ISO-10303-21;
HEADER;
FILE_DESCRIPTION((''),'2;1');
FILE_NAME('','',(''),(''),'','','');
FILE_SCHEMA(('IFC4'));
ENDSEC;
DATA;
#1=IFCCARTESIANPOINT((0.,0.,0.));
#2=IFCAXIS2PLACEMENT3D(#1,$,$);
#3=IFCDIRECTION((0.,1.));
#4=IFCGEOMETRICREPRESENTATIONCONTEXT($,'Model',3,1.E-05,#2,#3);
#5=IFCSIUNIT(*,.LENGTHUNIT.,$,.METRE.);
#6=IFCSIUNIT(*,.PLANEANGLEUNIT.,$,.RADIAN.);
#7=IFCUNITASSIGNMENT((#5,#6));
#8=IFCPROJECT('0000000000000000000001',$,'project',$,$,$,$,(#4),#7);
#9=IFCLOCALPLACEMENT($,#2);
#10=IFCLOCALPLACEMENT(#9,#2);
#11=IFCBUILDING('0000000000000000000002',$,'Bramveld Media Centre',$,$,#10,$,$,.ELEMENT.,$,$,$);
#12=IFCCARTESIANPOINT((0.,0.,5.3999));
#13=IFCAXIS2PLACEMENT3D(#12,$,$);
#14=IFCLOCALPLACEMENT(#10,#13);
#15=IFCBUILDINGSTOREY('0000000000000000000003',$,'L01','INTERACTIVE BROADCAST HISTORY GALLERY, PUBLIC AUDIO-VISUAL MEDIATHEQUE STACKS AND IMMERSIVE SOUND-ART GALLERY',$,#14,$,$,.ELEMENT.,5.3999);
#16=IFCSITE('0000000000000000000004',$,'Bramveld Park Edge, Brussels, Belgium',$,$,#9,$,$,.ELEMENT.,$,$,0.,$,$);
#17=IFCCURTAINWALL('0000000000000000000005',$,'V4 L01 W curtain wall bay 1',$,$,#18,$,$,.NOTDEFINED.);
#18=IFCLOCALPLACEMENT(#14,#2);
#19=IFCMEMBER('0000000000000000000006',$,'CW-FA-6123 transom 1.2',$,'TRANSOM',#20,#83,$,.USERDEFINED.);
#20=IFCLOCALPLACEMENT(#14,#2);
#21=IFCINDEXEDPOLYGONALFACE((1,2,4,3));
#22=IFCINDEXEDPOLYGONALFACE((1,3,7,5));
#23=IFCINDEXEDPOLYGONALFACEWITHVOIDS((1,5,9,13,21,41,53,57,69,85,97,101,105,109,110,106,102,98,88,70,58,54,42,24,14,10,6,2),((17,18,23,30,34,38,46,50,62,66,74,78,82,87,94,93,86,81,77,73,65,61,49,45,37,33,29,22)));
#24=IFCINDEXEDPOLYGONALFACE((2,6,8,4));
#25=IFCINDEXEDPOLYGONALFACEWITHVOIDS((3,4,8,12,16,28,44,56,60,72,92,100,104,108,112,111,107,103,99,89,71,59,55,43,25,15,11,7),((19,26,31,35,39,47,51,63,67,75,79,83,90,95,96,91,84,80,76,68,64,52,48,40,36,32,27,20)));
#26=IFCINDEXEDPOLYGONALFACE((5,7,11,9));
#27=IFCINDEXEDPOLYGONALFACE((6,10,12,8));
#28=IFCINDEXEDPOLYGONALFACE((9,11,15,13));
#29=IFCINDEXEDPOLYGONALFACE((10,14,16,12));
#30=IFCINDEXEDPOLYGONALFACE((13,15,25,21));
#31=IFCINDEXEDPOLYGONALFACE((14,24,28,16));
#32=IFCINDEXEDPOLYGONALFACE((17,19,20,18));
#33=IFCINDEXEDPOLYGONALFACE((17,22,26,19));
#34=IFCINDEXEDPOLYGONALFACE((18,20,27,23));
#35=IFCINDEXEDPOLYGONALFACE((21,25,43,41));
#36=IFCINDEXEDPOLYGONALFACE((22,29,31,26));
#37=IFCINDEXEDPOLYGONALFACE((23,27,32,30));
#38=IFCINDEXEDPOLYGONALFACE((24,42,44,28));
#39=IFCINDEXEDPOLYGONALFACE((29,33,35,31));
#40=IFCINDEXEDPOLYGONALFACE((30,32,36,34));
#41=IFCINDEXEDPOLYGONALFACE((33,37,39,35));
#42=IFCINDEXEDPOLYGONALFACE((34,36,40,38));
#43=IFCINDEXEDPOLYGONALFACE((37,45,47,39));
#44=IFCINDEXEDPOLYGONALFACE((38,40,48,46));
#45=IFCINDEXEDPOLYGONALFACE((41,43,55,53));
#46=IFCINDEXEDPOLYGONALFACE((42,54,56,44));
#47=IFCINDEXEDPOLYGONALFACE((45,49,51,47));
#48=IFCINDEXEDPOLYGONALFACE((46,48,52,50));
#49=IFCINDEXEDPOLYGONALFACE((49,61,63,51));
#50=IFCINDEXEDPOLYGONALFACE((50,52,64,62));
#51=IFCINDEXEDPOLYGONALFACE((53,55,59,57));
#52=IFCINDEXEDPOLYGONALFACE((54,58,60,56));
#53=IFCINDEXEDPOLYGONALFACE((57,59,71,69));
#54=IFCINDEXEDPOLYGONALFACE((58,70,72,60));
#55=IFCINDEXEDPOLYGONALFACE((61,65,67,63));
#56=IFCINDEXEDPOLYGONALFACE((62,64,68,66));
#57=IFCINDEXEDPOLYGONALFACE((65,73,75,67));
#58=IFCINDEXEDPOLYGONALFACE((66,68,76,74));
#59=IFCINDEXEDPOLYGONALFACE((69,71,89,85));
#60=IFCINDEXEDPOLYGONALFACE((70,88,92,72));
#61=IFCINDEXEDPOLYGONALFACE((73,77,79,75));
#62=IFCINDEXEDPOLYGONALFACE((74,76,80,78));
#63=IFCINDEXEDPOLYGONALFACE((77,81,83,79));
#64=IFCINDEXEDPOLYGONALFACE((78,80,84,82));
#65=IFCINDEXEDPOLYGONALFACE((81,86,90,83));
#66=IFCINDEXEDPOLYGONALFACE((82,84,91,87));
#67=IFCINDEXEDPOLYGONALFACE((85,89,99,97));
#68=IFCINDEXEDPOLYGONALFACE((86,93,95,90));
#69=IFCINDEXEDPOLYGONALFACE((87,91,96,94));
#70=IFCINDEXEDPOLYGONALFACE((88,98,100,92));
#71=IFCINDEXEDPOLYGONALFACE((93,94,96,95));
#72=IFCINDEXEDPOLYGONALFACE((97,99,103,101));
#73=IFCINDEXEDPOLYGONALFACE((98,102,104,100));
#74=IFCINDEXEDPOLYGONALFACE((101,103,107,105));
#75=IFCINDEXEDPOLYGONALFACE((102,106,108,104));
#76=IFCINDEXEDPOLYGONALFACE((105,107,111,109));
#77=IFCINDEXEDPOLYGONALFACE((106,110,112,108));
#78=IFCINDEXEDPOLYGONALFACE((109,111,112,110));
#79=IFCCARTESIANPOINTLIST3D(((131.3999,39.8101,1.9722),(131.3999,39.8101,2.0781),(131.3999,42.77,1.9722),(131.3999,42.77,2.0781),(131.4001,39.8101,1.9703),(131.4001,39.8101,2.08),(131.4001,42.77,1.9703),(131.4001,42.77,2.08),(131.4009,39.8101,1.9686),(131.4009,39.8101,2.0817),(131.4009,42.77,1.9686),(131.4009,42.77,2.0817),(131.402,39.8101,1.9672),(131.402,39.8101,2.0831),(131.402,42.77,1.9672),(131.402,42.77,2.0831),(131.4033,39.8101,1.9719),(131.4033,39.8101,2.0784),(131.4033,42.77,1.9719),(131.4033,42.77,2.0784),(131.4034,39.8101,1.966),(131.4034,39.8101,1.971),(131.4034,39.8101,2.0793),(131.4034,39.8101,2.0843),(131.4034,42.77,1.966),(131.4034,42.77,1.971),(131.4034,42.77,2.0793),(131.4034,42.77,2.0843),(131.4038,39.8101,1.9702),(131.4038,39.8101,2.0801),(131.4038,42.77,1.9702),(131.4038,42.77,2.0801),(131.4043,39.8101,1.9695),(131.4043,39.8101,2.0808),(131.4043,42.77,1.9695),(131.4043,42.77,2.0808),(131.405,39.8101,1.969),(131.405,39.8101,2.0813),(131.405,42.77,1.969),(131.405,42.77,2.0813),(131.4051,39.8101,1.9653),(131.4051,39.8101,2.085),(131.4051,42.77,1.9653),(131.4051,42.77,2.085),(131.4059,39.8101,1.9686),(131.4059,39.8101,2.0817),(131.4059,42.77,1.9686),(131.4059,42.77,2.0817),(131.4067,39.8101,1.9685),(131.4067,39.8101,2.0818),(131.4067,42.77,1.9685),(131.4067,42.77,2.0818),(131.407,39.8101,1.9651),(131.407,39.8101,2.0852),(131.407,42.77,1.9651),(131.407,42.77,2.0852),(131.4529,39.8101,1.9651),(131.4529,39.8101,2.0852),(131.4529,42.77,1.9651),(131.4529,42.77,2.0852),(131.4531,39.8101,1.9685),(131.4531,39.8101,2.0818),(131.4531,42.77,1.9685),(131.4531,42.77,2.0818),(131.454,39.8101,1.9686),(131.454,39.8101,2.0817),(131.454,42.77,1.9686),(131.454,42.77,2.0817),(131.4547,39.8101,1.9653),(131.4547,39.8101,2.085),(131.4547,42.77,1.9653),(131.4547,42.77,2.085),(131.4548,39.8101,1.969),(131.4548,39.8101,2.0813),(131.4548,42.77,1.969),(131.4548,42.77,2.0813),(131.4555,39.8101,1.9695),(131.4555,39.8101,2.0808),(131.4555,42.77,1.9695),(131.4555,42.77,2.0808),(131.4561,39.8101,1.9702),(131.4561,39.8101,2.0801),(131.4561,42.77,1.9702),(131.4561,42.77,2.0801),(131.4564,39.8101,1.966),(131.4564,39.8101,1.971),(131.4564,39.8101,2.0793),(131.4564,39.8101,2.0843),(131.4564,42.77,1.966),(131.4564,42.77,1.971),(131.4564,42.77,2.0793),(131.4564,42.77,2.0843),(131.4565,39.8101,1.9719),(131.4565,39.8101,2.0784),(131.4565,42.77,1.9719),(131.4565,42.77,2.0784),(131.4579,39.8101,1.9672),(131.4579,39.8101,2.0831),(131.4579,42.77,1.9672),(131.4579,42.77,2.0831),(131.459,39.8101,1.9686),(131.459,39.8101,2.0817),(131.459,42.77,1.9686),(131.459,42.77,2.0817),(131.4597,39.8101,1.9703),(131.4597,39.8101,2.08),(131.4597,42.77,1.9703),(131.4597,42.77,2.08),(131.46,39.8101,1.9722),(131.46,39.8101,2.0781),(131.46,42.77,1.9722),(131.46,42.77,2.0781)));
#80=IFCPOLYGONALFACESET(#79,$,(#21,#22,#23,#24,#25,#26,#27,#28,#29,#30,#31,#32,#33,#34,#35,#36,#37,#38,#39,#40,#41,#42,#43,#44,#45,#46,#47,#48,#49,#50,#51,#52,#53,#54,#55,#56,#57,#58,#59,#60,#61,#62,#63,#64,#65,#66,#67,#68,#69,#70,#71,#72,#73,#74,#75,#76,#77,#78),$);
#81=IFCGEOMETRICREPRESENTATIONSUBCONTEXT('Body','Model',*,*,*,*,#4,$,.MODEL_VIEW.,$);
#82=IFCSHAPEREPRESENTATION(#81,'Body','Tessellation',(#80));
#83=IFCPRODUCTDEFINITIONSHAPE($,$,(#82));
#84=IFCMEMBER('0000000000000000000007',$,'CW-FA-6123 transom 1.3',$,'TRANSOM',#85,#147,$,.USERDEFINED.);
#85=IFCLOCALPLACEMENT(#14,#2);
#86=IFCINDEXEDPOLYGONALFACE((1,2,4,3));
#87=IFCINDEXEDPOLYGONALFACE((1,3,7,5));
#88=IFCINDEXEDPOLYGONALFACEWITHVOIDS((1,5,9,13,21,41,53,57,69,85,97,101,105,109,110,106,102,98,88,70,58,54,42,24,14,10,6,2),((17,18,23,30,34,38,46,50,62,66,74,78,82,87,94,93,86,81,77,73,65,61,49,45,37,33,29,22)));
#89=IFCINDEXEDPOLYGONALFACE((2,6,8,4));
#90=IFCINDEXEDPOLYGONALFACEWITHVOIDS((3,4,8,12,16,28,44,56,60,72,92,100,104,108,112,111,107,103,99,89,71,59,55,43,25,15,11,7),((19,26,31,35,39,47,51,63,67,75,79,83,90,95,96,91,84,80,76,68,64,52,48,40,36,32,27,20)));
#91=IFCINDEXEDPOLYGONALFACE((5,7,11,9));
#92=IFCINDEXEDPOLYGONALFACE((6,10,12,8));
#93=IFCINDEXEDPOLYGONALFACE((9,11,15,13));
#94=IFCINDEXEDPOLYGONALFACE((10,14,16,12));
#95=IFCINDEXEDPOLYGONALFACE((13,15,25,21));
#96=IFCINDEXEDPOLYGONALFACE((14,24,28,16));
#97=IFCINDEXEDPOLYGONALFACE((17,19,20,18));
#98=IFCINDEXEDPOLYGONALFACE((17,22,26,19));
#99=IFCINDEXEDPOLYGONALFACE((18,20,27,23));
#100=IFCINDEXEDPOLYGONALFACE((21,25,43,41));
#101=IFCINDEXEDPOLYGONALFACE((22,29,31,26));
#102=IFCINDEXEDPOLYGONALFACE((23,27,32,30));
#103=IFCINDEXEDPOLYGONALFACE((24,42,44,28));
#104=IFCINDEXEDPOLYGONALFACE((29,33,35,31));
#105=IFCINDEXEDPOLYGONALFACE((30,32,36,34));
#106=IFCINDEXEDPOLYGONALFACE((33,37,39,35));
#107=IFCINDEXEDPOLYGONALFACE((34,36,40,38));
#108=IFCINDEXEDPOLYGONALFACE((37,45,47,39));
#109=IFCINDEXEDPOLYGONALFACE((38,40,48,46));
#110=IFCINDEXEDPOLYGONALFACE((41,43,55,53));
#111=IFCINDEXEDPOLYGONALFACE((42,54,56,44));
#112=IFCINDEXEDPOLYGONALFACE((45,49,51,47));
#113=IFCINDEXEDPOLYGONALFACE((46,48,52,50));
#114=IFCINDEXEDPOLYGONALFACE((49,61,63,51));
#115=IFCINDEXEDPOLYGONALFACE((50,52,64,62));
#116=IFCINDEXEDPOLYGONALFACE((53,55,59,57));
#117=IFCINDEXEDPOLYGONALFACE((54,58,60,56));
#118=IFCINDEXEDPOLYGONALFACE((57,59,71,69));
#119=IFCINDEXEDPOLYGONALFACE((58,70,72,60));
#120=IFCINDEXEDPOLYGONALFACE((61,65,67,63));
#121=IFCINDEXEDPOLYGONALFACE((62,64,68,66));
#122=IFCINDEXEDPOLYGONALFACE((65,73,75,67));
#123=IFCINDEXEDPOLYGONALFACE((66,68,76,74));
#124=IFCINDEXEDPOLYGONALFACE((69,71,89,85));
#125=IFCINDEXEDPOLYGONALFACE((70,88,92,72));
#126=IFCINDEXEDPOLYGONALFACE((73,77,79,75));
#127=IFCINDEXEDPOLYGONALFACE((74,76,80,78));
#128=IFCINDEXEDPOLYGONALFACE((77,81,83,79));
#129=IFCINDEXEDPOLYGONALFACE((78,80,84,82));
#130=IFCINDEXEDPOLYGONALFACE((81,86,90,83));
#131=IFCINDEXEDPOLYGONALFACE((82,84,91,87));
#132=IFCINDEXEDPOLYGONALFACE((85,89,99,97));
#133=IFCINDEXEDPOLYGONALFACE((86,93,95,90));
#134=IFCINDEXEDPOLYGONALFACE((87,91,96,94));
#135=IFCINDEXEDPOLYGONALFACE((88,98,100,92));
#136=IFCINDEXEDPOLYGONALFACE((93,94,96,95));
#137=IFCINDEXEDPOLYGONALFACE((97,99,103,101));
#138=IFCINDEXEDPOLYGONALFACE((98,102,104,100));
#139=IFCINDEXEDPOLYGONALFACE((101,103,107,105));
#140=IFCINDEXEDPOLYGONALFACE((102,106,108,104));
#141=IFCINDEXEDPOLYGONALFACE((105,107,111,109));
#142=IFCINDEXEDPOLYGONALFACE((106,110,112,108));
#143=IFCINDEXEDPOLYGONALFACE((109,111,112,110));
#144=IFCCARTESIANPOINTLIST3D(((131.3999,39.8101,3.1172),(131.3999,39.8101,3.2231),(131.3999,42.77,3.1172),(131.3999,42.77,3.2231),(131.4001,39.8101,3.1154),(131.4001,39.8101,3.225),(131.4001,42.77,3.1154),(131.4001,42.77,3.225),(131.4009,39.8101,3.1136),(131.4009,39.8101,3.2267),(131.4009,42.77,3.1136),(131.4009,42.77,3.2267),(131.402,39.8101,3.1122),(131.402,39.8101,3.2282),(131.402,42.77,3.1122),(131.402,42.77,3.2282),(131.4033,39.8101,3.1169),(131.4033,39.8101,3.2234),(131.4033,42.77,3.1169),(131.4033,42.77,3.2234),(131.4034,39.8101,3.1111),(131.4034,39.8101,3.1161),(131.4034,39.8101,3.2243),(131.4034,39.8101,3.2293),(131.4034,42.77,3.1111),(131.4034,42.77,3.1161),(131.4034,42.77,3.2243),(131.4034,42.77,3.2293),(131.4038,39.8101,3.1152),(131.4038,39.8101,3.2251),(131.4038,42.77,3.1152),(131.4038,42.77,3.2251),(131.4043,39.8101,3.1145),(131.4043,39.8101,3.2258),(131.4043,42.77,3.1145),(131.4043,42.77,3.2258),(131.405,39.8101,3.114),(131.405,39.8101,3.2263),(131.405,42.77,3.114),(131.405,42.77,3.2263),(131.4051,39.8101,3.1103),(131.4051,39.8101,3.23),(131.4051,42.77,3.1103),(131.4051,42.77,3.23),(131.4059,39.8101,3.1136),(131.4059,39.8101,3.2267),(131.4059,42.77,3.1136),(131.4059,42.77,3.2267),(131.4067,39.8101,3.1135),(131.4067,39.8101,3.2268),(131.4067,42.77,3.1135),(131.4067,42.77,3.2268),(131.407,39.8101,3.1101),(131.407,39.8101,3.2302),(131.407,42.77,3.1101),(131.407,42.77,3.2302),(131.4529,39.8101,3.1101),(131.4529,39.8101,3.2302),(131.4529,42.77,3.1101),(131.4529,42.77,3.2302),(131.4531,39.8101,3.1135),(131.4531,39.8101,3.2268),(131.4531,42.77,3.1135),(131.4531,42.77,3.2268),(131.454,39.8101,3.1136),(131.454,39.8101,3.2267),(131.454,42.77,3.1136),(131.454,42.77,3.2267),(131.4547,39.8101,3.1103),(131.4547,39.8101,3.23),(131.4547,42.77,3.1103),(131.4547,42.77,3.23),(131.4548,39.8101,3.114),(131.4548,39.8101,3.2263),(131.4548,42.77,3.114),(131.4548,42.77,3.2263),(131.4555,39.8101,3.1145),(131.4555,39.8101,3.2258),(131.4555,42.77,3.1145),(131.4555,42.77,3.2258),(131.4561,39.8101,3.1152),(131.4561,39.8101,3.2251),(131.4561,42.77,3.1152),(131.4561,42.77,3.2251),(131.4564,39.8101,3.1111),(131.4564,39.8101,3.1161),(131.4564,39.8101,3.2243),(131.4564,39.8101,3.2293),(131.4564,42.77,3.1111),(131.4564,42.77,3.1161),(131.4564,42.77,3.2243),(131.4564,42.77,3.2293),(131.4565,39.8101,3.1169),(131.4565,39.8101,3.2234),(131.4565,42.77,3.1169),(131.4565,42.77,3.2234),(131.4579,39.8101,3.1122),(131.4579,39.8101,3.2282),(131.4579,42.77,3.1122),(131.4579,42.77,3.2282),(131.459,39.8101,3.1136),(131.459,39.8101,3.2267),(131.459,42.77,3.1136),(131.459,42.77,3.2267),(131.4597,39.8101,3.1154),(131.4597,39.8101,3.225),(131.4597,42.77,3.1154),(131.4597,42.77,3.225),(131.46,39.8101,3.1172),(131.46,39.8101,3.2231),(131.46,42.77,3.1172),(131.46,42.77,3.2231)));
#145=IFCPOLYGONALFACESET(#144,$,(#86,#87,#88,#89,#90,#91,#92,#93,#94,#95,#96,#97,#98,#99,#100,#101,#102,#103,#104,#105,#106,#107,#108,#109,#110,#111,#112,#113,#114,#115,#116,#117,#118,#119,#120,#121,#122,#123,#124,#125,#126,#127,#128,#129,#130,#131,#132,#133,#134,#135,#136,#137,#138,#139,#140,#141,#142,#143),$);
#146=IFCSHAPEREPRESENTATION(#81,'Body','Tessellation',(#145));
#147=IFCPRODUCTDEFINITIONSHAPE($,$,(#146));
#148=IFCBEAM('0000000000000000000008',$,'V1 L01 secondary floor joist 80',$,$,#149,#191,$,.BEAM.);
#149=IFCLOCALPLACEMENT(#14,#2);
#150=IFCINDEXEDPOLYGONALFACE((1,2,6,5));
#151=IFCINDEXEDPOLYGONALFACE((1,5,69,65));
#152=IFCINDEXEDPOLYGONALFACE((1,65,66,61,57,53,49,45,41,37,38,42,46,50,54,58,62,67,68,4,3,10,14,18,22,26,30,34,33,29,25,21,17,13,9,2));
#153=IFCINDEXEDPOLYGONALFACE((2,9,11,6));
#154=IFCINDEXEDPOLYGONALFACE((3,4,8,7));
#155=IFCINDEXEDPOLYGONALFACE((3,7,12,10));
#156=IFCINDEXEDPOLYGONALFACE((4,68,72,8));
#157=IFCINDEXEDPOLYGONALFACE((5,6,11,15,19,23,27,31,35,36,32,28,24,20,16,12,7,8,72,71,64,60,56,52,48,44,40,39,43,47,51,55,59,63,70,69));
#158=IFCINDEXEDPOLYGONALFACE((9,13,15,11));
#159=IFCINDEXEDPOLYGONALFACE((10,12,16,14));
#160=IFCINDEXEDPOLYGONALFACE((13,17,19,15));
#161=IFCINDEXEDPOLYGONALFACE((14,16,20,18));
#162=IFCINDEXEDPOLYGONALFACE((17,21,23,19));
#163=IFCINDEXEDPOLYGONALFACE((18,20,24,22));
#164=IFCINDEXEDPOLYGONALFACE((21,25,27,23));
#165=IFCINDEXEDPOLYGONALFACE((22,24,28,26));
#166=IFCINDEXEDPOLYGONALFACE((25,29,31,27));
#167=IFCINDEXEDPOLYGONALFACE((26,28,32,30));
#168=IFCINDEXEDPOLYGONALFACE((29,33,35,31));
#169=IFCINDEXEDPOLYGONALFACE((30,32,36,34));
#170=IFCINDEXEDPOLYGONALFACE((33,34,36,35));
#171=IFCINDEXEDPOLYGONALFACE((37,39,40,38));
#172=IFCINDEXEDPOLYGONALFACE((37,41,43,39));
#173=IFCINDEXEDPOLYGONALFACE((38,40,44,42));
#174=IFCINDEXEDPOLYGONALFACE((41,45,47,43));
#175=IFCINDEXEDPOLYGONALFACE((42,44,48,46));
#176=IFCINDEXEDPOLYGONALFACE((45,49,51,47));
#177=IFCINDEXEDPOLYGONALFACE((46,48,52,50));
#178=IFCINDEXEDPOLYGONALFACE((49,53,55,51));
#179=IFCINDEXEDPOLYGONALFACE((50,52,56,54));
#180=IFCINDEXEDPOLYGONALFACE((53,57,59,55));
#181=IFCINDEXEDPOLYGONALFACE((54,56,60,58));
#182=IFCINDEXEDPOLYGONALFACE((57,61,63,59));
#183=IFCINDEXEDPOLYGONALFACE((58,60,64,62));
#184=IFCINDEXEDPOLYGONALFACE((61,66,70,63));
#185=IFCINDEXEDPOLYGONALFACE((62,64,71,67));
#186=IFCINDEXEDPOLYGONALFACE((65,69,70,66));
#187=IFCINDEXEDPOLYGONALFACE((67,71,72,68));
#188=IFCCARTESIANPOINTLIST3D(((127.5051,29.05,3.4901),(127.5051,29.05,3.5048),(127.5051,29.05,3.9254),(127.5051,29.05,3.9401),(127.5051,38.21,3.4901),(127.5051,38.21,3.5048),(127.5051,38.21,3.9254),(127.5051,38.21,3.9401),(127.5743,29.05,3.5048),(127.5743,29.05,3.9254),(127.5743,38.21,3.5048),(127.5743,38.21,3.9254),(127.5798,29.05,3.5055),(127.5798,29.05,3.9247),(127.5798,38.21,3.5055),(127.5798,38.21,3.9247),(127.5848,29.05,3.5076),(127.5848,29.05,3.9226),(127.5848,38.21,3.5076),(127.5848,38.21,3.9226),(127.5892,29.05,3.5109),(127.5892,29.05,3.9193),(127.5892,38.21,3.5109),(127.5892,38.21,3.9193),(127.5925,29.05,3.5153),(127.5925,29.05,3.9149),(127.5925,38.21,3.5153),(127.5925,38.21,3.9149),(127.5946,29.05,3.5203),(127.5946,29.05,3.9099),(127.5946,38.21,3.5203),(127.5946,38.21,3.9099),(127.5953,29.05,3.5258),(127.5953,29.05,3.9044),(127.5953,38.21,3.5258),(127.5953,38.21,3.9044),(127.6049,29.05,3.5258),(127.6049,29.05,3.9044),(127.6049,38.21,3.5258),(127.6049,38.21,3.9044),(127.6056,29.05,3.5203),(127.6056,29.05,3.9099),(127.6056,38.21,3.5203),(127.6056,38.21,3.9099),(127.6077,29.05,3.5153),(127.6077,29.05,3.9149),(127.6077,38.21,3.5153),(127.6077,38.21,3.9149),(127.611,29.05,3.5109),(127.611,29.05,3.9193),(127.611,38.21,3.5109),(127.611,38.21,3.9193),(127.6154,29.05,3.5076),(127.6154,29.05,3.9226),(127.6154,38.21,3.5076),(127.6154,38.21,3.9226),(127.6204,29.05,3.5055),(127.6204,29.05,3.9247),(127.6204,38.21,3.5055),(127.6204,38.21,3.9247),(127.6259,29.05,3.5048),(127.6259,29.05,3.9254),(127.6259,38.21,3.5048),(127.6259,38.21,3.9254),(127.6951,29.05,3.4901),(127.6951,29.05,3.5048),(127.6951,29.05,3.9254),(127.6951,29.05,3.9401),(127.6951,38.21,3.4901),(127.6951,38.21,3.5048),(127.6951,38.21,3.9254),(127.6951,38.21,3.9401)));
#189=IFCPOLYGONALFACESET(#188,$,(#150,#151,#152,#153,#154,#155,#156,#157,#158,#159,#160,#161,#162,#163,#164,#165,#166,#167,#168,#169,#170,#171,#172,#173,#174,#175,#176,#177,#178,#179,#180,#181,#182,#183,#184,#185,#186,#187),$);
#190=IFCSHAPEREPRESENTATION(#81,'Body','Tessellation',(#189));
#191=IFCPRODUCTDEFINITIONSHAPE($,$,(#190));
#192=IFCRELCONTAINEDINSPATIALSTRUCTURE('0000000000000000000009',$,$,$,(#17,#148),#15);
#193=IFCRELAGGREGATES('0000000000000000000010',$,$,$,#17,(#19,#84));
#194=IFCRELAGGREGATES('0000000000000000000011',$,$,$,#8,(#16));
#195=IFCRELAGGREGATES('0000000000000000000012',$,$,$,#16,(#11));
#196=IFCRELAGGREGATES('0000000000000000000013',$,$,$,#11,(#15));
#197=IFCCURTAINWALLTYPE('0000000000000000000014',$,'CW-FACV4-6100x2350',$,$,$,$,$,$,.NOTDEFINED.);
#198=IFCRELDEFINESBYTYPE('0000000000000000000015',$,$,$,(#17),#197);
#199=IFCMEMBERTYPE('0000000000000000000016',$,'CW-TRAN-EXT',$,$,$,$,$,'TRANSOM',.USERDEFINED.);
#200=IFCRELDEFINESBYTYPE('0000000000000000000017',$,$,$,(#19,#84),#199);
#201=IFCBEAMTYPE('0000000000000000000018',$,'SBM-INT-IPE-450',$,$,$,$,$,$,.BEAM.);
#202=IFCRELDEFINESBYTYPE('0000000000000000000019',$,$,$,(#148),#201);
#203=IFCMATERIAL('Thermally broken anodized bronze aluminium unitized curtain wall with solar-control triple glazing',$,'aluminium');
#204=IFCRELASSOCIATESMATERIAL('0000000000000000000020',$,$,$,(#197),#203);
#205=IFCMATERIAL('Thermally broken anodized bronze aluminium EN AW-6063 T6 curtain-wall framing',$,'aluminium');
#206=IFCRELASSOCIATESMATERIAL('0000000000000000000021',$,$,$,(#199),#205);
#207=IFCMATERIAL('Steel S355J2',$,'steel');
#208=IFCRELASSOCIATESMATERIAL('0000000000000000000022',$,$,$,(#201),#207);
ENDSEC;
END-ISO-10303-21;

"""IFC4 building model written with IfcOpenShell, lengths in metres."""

from ifc_helpers import new_model, si_unit, direction, frame, origin, origin_2d, place, context, subcontext, project, spatial, hollow_rectangle, i_section, extrude, material, material_profile, profile_set, type_object, element, aggregate, save


model = new_model("IFC4")

# Units and contexts
model_context = context("Model", 3, precision=1e-05, world=origin(), true_north=direction((0.0, 1.0)))
body_context = subcontext(model_context, "Body", "Model", "MODEL_VIEW")
ifc_project = project(units=[si_unit("LENGTHUNIT", "METRE"), si_unit("PLANEANGLEUNIT", "RADIAN")], contexts=[model_context])

# Site, building, storey
site_placement = place(None, origin())
site = spatial("IfcSite", under=ifc_project, at=site_placement, Name="Bramveld Park Edge, Brussels, Belgium", CompositionType="ELEMENT", RefElevation=0.0)
building_placement = place(site_placement, origin())
building = spatial("IfcBuilding", under=site, at=building_placement, Name="Bramveld Media Centre", CompositionType="ELEMENT")
storey_placement = place(building_placement, frame((0.0, 0.0, 5.3999)))
storey = spatial("IfcBuildingStorey", under=building, at=storey_placement, Name="L01", Description="INTERACTIVE BROADCAST HISTORY GALLERY, PUBLIC AUDIO-VISUAL MEDIATHEQUE STACKS AND IMMERSIVE SOUND-ART GALLERY", CompositionType="ELEMENT", Elevation=5.3999)

# Curtain wall, members
ifc_material_1 = material(Name="Thermally broken anodized bronze aluminium unitized curtain wall with solar-control triple glazing", Category="aluminium")
curtain_wall_type = type_object("IfcCurtainWallType", Name="CW-FACV4-6100x2350", PredefinedType="NOTDEFINED", material=ifc_material_1)
curtain_wall_placement = place(storey_placement, origin())
curtain_wall = element("IfcCurtainWall", 1, at=curtain_wall_placement, inside=storey, type_object=curtain_wall_type, Name="V4 L01 W curtain wall bay 1", PredefinedType="NOTDEFINED")
ifc_material_2 = material(Name="Thermally broken anodized bronze aluminium EN AW-6063 T6 curtain-wall framing", Category="aluminium")
ifc_material_profile_1 = material_profile(ifc_material_2, hollow_rectangle(XDim=0.0601, YDim=0.1201, WallThickness=0.0034, InnerFilletRadius=0.0034, OuterFilletRadius=0.0071, at=origin_2d()), Name="AL-TRAN 60x120")
ifc_profile_set_1 = profile_set([ifc_material_profile_1], Name="Thermally broken anodized bronze aluminium EN AW-6063 T6 curtain-wall framing")
member_type_1 = type_object("IfcMemberType", Name="CW-TRAN-EXT", ElementType="TRANSOM", PredefinedType="USERDEFINED", material=ifc_profile_set_1)
member_1_placement = place(storey_placement, frame((131.4299, 39.8101, 2.0251), z_axis=(0.0, 1.0, 0.0), x_axis=(-1.0, 0.0, 0.0)))
member_1 = element("IfcMember", 2, at=member_1_placement, type_object=member_type_1, Name="CW-FA-6123 transom 1.2", ObjectType="TRANSOM", PredefinedType="USERDEFINED", context=body_context, shape_type="SweptSolid", body=[
    extrude(hollow_rectangle(XDim=0.0601, YDim=0.1201, WallThickness=0.0034, InnerFilletRadius=0.0034, OuterFilletRadius=0.0071, at=origin_2d()), origin(), (0.0, 0.0, 1.0), 2.96),
])
member_2_placement = place(storey_placement, frame((131.4299, 39.8101, 3.1702), z_axis=(0.0, 1.0, 0.0), x_axis=(-1.0, 0.0, 0.0)))
member_2 = element("IfcMember", 3, at=member_2_placement, type_object=member_type_1, Name="CW-FA-6123 transom 1.3", ObjectType="TRANSOM", PredefinedType="USERDEFINED", context=body_context, shape_type="SweptSolid", body=[
    extrude(hollow_rectangle(XDim=0.0601, YDim=0.1201, WallThickness=0.0034, InnerFilletRadius=0.0034, OuterFilletRadius=0.0071, at=origin_2d()), origin(), (0.0, 0.0, 1.0), 2.96),
])

# Beam
ifc_material_3 = material(Name="Steel S355J2", Category="steel")
ifc_material_profile_2 = material_profile(ifc_material_3, i_section(OverallWidth=0.1899, OverallDepth=0.45, WebThickness=0.0095, FlangeThickness=0.0146, FilletRadius=0.021, at=origin_2d()), Name="IPE 450")
ifc_profile_set_2 = profile_set([ifc_material_profile_2], Name="Steel S355J2")
beam_type_1 = type_object("IfcBeamType", Name="SBM-INT-IPE-450", PredefinedType="BEAM", material=ifc_profile_set_2)
beam_1_placement = place(storey_placement, frame((127.6001, 29.05, 3.7151), z_axis=(0.0, 1.0, 0.0), x_axis=(-1.0, 0.0, 0.0)))
element("IfcBeam", 4, at=beam_1_placement, inside=storey, type_object=beam_type_1, Name="V1 L01 secondary floor joist 80", PredefinedType="BEAM", context=body_context, shape_type="SweptSolid", body=[
    extrude(i_section(OverallWidth=0.1899, OverallDepth=0.45, WebThickness=0.0095, FlangeThickness=0.0146, FilletRadius=0.021, at=origin_2d()), origin(), (0.0, 0.0, 1.0), 9.1599),
])

aggregate(curtain_wall, [member_1, member_2])

save(model, "model.ifc")
